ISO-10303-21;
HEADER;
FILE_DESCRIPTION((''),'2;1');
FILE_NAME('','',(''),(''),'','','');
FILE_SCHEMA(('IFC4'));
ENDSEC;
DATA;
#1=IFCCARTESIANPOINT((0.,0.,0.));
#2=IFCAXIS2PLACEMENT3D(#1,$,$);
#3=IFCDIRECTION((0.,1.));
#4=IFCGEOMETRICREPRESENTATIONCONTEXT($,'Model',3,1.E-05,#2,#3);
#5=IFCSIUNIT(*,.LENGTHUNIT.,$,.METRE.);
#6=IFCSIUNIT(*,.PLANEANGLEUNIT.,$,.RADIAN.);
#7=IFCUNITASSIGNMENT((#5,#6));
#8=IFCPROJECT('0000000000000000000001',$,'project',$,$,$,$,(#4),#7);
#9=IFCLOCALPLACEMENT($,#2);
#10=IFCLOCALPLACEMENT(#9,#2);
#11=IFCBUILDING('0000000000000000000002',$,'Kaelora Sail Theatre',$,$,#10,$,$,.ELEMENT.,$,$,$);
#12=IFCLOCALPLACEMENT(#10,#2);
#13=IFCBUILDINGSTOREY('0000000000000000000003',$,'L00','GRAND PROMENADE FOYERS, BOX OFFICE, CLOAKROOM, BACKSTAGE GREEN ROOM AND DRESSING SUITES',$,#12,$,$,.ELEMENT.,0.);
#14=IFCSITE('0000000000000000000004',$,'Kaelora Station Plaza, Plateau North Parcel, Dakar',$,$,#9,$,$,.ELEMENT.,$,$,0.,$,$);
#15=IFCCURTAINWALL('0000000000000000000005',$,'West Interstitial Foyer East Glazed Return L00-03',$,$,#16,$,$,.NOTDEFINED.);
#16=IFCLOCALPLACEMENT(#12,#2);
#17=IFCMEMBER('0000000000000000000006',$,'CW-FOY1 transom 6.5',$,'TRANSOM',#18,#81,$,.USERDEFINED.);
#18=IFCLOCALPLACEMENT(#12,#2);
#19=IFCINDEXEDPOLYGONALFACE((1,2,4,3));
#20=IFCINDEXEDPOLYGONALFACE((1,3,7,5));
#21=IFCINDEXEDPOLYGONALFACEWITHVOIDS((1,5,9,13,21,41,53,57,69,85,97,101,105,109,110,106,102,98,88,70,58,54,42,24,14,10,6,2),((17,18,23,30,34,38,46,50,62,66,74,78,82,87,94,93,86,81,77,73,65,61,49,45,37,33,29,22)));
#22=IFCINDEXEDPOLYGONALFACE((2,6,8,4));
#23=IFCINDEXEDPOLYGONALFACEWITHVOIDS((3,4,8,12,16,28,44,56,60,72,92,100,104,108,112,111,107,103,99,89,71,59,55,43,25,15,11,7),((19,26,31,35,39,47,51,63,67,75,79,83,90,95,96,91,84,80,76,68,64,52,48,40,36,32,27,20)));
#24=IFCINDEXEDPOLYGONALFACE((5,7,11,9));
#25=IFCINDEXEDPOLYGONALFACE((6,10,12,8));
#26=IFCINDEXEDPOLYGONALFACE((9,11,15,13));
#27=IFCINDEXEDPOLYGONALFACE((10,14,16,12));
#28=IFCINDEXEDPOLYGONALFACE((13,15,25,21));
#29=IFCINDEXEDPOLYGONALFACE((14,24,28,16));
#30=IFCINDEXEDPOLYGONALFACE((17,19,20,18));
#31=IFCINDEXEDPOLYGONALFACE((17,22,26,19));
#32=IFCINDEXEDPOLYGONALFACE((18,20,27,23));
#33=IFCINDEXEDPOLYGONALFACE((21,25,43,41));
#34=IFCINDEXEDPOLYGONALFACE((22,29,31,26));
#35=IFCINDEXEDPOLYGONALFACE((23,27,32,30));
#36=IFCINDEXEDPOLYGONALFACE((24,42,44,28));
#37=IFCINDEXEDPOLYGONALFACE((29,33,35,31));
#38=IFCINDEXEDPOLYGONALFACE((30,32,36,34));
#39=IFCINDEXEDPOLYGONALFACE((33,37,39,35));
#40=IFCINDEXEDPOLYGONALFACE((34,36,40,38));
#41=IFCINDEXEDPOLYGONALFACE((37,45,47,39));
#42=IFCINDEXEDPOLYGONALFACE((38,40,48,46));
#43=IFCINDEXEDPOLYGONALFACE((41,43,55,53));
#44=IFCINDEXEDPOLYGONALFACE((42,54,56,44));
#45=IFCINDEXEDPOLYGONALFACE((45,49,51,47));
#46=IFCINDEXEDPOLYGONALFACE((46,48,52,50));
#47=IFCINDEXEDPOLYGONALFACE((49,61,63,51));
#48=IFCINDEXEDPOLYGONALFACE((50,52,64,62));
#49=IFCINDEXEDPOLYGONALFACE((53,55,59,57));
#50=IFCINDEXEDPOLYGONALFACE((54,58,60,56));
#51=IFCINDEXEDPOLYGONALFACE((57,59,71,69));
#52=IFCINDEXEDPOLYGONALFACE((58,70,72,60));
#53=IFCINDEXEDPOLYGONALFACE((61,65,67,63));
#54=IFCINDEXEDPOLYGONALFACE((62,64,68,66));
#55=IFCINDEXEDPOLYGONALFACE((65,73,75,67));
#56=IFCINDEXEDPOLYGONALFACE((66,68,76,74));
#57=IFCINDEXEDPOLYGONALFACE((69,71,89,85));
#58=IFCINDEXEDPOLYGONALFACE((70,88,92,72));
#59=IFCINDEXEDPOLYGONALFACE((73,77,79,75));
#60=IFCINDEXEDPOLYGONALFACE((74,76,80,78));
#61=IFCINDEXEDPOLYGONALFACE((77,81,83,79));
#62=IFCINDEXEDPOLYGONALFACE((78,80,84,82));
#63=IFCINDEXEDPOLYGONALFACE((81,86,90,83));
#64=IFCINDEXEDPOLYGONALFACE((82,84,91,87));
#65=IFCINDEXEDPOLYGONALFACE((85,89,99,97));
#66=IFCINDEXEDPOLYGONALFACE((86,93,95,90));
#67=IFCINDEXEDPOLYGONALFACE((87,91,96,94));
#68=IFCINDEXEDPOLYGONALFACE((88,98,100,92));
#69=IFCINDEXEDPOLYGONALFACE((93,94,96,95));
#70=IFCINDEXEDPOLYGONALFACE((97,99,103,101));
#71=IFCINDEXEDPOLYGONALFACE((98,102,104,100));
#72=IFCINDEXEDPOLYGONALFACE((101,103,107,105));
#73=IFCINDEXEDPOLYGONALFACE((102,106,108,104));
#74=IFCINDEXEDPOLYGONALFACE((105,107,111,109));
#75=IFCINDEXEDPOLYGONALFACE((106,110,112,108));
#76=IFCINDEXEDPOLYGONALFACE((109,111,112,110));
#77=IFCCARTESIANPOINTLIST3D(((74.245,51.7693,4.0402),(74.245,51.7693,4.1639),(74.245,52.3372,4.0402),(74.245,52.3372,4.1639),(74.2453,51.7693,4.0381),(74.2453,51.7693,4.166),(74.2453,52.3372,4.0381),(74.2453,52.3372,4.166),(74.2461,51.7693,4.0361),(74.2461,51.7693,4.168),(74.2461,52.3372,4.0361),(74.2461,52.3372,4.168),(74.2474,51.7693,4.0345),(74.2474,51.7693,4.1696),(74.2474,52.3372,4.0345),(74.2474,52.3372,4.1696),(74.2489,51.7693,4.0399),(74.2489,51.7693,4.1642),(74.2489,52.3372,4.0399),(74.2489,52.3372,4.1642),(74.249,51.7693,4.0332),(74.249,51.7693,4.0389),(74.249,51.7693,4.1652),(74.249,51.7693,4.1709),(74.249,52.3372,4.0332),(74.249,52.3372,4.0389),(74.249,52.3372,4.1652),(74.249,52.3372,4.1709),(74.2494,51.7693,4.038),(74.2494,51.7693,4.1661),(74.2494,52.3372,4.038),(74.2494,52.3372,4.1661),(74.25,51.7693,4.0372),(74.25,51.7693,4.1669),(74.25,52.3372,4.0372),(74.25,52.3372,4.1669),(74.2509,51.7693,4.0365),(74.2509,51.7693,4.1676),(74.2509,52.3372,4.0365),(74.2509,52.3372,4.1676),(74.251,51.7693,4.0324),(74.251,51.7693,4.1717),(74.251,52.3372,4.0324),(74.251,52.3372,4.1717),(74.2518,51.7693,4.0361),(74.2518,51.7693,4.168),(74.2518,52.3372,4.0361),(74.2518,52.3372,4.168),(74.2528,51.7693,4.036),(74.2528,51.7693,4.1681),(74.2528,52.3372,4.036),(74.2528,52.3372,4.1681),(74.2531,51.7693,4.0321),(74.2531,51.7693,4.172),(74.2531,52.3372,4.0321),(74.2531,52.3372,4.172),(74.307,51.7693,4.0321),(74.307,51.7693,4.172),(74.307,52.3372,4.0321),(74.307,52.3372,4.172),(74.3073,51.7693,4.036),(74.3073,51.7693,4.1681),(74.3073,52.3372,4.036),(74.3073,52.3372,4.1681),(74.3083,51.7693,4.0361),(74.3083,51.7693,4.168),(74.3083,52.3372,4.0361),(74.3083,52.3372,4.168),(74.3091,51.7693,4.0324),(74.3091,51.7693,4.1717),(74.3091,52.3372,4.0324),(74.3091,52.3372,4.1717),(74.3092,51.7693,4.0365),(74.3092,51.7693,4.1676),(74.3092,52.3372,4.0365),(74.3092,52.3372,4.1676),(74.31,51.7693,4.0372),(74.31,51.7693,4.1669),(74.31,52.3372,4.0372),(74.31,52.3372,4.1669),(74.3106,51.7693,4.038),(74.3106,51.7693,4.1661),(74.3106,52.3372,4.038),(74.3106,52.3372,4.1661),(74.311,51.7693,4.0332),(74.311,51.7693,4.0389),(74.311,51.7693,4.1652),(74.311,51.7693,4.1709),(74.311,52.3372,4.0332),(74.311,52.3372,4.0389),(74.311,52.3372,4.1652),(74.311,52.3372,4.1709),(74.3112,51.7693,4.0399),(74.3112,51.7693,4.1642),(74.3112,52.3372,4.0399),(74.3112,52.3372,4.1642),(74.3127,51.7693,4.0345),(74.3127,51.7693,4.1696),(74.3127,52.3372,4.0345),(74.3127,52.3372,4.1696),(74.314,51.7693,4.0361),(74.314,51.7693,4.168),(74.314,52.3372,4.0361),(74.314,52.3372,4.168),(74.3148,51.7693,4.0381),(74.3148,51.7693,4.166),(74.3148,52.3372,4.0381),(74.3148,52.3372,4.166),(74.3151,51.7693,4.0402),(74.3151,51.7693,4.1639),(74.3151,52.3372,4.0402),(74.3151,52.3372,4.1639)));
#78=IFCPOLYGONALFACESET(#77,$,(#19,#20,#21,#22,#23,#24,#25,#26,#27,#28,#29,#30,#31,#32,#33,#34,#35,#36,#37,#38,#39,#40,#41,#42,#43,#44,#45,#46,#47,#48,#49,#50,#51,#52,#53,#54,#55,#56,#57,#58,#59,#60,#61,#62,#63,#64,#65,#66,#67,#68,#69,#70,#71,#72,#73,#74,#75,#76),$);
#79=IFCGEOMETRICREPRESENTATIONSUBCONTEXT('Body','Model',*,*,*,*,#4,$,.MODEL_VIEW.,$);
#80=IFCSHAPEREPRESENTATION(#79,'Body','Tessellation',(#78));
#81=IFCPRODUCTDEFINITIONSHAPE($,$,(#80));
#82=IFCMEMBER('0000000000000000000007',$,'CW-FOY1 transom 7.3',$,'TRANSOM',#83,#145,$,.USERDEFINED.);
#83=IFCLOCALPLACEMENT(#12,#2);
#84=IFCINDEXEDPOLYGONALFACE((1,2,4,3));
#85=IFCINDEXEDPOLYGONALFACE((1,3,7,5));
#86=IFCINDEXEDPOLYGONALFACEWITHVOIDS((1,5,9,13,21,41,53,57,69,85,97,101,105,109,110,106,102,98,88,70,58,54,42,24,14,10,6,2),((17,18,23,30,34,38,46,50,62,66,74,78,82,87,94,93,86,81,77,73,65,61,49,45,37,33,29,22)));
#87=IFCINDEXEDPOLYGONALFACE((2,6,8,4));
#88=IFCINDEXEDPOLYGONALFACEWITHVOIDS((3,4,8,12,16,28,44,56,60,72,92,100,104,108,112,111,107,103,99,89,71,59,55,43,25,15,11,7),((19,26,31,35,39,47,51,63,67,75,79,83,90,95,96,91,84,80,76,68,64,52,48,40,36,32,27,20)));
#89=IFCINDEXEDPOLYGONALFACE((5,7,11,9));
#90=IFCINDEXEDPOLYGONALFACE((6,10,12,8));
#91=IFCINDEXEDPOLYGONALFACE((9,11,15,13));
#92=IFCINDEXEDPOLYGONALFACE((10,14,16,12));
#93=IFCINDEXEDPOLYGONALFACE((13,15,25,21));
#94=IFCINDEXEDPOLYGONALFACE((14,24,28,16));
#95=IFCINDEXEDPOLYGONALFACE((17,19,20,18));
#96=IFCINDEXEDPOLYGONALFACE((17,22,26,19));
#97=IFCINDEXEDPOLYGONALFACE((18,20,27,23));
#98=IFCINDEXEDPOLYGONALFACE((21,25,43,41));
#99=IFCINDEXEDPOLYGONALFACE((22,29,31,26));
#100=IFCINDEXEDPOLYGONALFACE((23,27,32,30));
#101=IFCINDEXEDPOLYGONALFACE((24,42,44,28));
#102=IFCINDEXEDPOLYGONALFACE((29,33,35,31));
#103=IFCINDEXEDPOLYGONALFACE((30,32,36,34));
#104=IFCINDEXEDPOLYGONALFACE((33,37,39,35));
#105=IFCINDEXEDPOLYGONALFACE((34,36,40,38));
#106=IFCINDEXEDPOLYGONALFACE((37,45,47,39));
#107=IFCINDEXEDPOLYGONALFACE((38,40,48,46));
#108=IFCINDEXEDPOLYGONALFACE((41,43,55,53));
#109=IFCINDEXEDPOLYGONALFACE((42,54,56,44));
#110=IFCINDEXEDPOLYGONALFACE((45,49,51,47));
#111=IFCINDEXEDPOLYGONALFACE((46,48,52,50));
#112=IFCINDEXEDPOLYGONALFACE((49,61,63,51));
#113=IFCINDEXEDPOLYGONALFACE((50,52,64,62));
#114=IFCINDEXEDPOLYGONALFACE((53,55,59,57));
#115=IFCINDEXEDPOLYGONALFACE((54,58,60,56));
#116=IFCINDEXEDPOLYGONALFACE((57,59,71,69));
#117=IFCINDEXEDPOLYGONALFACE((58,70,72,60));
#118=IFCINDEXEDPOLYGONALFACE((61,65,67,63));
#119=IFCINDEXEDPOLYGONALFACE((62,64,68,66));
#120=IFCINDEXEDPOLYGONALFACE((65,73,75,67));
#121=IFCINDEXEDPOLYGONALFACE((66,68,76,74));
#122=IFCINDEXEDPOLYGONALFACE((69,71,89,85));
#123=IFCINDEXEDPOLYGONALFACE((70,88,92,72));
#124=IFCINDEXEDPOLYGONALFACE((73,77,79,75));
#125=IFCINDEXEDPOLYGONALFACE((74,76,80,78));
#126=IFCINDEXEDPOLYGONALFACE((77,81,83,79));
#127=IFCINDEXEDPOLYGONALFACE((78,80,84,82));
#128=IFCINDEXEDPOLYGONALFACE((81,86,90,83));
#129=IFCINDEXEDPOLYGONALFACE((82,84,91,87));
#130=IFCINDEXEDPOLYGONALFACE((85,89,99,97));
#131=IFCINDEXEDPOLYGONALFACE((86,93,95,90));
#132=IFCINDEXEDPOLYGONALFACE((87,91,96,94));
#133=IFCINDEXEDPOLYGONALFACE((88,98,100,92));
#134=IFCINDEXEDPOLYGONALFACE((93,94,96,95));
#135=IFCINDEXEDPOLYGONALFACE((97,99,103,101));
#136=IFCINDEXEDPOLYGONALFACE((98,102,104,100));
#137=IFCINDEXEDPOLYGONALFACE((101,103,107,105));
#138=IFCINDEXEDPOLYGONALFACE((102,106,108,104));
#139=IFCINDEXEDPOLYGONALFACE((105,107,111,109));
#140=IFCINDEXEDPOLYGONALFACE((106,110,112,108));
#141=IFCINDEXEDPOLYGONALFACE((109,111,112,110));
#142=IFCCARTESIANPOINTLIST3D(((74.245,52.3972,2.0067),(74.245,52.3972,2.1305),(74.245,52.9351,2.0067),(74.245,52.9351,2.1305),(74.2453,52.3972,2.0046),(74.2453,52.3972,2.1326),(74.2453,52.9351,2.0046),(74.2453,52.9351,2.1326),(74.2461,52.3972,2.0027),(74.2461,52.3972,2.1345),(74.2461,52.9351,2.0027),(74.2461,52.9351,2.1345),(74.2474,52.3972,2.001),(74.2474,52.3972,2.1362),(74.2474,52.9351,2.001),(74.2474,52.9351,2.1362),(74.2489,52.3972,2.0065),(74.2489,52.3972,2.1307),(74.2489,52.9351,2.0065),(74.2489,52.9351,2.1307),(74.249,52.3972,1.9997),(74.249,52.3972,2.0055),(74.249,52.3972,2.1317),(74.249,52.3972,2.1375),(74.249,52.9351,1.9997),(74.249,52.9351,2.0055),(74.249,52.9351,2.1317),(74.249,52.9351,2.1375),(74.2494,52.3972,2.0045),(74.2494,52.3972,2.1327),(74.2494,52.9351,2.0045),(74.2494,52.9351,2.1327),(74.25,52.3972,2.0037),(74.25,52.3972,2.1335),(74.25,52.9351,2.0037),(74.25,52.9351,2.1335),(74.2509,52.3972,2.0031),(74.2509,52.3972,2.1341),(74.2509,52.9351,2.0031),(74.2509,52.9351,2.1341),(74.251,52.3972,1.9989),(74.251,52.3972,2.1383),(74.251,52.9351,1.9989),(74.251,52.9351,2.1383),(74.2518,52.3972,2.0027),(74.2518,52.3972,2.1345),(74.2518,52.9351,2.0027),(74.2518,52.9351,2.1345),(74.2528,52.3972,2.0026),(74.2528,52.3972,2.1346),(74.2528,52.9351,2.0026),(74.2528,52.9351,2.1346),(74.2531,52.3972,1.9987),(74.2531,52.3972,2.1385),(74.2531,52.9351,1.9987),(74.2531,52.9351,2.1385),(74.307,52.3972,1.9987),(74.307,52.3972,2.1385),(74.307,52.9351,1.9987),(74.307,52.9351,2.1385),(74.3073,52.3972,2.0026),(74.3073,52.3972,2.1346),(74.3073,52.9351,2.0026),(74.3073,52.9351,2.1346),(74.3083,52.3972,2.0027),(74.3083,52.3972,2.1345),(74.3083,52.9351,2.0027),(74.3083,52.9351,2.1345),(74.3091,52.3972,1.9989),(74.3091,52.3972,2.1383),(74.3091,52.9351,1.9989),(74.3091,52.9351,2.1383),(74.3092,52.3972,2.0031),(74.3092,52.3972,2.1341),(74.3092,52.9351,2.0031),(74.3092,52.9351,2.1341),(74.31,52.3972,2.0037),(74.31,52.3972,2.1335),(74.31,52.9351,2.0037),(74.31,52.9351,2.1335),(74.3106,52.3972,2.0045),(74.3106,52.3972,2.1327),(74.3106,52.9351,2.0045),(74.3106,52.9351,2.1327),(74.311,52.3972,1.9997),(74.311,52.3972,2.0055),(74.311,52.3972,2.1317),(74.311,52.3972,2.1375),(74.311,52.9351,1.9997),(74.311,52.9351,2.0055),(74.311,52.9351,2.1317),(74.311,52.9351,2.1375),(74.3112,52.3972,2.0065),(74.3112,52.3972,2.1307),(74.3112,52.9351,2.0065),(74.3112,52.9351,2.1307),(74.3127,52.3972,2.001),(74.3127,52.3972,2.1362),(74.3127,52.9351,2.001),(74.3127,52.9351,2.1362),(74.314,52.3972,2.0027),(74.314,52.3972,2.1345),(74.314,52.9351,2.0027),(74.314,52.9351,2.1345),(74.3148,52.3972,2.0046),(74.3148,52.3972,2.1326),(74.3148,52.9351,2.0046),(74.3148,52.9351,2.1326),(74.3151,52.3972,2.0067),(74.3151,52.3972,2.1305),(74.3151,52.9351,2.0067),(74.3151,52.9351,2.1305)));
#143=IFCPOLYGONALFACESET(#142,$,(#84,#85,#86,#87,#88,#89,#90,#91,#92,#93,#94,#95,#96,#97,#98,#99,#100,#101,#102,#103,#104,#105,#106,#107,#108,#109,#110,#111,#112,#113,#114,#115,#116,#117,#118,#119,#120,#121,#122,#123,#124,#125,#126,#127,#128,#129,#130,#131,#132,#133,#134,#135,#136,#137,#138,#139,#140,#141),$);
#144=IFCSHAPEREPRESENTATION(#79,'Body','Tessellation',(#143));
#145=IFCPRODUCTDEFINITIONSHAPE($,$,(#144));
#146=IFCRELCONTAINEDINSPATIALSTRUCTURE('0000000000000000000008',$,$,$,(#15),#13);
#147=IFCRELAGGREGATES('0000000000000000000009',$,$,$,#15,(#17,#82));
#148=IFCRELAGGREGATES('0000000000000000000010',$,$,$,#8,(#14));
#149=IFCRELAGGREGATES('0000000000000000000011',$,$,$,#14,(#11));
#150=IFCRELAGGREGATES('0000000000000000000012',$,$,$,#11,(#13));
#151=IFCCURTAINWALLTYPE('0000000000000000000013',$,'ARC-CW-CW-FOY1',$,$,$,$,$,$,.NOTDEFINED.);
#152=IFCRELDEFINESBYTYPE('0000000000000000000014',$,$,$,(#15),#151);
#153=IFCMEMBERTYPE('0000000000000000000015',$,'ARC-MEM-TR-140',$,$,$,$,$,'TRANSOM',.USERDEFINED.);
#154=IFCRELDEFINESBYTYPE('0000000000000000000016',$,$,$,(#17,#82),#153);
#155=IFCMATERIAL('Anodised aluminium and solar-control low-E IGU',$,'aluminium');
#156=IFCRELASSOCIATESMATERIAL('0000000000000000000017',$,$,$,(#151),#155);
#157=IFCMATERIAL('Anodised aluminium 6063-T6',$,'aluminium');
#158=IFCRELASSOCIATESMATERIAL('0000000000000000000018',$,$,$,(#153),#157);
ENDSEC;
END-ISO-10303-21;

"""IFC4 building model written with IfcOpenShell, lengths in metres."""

from ifc_helpers import new_model, si_unit, direction, frame, origin, origin_2d, place, context, subcontext, project, spatial, hollow_rectangle, extrude, material, material_profile, profile_set, type_object, element, aggregate, save


model = new_model("IFC4")

# Units and contexts
model_context = context("Model", 3, precision=1e-05, world=origin(), true_north=direction((0.0, 1.0)))
body_context = subcontext(model_context, "Body", "Model", "MODEL_VIEW")
ifc_project = project(units=[si_unit("LENGTHUNIT", "METRE"), si_unit("PLANEANGLEUNIT", "RADIAN")], contexts=[model_context])

# Site, building, storey
site_placement = place(None, origin())
site = spatial("IfcSite", under=ifc_project, at=site_placement, Name="Kaelora Station Plaza, Plateau North Parcel, Dakar", CompositionType="ELEMENT", RefElevation=0.0)
building_placement = place(site_placement, origin())
building = spatial("IfcBuilding", under=site, at=building_placement, Name="Kaelora Sail Theatre", CompositionType="ELEMENT")
storey_placement = place(building_placement, origin())
storey = spatial("IfcBuildingStorey", under=building, at=storey_placement, Name="L00", Description="GRAND PROMENADE FOYERS, BOX OFFICE, CLOAKROOM, BACKSTAGE GREEN ROOM AND DRESSING SUITES", CompositionType="ELEMENT", Elevation=0.0)

# Curtain wall, members
ifc_material_1 = material(Name="Anodised aluminium and solar-control low-E IGU", Category="aluminium")
curtain_wall_type = type_object("IfcCurtainWallType", Name="ARC-CW-CW-FOY1", PredefinedType="NOTDEFINED", material=ifc_material_1)
curtain_wall_placement = place(storey_placement, origin())
curtain_wall = element("IfcCurtainWall", 1, at=curtain_wall_placement, inside=storey, type_object=curtain_wall_type, Name="West Interstitial Foyer East Glazed Return L00-03", PredefinedType="NOTDEFINED")
ifc_material_2 = material(Name="Anodised aluminium 6063-T6", Category="aluminium")
ifc_material_profile_1 = material_profile(ifc_material_2, hollow_rectangle(XDim=0.0701, YDim=0.1399, WallThickness=0.0039, InnerFilletRadius=0.0039, OuterFilletRadius=0.0081, at=origin_2d()), Name="ALU-TRAN 70x140x4")
ifc_profile_set_1 = profile_set([ifc_material_profile_1], Name="Anodised aluminium 6063-T6")
member_type_1 = type_object("IfcMemberType", Name="ARC-MEM-TR-140", ElementType="TRANSOM", PredefinedType="USERDEFINED", material=ifc_profile_set_1)
member_1_placement = place(storey_placement, frame((74.28, 51.7693, 4.1021), z_axis=(0.0, 1.0, 0.0), x_axis=(-1.0, 0.0, 0.0)))
member_1 = element("IfcMember", 2, at=member_1_placement, type_object=member_type_1, Name="CW-FOY1 transom 6.5", ObjectType="TRANSOM", PredefinedType="USERDEFINED", context=body_context, shape_type="SweptSolid", body=[
    extrude(hollow_rectangle(XDim=0.0701, YDim=0.1399, WallThickness=0.0039, InnerFilletRadius=0.0039, OuterFilletRadius=0.0081, at=origin_2d()), origin(), (0.0, 0.0, 1.0), 0.5679),
])
member_2_placement = place(storey_placement, frame((74.28, 52.3972, 2.0686), z_axis=(0.0, 1.0, 0.0), x_axis=(-1.0, 0.0, 0.0)))
member_2 = element("IfcMember", 3, at=member_2_placement, type_object=member_type_1, Name="CW-FOY1 transom 7.3", ObjectType="TRANSOM", PredefinedType="USERDEFINED", context=body_context, shape_type="SweptSolid", body=[
    extrude(hollow_rectangle(XDim=0.0701, YDim=0.1399, WallThickness=0.0039, InnerFilletRadius=0.0039, OuterFilletRadius=0.0081, at=origin_2d()), origin(), (0.0, 0.0, 1.0), 0.5378),
])
aggregate(curtain_wall, [member_1, member_2])

save(model, "model.ifc")
